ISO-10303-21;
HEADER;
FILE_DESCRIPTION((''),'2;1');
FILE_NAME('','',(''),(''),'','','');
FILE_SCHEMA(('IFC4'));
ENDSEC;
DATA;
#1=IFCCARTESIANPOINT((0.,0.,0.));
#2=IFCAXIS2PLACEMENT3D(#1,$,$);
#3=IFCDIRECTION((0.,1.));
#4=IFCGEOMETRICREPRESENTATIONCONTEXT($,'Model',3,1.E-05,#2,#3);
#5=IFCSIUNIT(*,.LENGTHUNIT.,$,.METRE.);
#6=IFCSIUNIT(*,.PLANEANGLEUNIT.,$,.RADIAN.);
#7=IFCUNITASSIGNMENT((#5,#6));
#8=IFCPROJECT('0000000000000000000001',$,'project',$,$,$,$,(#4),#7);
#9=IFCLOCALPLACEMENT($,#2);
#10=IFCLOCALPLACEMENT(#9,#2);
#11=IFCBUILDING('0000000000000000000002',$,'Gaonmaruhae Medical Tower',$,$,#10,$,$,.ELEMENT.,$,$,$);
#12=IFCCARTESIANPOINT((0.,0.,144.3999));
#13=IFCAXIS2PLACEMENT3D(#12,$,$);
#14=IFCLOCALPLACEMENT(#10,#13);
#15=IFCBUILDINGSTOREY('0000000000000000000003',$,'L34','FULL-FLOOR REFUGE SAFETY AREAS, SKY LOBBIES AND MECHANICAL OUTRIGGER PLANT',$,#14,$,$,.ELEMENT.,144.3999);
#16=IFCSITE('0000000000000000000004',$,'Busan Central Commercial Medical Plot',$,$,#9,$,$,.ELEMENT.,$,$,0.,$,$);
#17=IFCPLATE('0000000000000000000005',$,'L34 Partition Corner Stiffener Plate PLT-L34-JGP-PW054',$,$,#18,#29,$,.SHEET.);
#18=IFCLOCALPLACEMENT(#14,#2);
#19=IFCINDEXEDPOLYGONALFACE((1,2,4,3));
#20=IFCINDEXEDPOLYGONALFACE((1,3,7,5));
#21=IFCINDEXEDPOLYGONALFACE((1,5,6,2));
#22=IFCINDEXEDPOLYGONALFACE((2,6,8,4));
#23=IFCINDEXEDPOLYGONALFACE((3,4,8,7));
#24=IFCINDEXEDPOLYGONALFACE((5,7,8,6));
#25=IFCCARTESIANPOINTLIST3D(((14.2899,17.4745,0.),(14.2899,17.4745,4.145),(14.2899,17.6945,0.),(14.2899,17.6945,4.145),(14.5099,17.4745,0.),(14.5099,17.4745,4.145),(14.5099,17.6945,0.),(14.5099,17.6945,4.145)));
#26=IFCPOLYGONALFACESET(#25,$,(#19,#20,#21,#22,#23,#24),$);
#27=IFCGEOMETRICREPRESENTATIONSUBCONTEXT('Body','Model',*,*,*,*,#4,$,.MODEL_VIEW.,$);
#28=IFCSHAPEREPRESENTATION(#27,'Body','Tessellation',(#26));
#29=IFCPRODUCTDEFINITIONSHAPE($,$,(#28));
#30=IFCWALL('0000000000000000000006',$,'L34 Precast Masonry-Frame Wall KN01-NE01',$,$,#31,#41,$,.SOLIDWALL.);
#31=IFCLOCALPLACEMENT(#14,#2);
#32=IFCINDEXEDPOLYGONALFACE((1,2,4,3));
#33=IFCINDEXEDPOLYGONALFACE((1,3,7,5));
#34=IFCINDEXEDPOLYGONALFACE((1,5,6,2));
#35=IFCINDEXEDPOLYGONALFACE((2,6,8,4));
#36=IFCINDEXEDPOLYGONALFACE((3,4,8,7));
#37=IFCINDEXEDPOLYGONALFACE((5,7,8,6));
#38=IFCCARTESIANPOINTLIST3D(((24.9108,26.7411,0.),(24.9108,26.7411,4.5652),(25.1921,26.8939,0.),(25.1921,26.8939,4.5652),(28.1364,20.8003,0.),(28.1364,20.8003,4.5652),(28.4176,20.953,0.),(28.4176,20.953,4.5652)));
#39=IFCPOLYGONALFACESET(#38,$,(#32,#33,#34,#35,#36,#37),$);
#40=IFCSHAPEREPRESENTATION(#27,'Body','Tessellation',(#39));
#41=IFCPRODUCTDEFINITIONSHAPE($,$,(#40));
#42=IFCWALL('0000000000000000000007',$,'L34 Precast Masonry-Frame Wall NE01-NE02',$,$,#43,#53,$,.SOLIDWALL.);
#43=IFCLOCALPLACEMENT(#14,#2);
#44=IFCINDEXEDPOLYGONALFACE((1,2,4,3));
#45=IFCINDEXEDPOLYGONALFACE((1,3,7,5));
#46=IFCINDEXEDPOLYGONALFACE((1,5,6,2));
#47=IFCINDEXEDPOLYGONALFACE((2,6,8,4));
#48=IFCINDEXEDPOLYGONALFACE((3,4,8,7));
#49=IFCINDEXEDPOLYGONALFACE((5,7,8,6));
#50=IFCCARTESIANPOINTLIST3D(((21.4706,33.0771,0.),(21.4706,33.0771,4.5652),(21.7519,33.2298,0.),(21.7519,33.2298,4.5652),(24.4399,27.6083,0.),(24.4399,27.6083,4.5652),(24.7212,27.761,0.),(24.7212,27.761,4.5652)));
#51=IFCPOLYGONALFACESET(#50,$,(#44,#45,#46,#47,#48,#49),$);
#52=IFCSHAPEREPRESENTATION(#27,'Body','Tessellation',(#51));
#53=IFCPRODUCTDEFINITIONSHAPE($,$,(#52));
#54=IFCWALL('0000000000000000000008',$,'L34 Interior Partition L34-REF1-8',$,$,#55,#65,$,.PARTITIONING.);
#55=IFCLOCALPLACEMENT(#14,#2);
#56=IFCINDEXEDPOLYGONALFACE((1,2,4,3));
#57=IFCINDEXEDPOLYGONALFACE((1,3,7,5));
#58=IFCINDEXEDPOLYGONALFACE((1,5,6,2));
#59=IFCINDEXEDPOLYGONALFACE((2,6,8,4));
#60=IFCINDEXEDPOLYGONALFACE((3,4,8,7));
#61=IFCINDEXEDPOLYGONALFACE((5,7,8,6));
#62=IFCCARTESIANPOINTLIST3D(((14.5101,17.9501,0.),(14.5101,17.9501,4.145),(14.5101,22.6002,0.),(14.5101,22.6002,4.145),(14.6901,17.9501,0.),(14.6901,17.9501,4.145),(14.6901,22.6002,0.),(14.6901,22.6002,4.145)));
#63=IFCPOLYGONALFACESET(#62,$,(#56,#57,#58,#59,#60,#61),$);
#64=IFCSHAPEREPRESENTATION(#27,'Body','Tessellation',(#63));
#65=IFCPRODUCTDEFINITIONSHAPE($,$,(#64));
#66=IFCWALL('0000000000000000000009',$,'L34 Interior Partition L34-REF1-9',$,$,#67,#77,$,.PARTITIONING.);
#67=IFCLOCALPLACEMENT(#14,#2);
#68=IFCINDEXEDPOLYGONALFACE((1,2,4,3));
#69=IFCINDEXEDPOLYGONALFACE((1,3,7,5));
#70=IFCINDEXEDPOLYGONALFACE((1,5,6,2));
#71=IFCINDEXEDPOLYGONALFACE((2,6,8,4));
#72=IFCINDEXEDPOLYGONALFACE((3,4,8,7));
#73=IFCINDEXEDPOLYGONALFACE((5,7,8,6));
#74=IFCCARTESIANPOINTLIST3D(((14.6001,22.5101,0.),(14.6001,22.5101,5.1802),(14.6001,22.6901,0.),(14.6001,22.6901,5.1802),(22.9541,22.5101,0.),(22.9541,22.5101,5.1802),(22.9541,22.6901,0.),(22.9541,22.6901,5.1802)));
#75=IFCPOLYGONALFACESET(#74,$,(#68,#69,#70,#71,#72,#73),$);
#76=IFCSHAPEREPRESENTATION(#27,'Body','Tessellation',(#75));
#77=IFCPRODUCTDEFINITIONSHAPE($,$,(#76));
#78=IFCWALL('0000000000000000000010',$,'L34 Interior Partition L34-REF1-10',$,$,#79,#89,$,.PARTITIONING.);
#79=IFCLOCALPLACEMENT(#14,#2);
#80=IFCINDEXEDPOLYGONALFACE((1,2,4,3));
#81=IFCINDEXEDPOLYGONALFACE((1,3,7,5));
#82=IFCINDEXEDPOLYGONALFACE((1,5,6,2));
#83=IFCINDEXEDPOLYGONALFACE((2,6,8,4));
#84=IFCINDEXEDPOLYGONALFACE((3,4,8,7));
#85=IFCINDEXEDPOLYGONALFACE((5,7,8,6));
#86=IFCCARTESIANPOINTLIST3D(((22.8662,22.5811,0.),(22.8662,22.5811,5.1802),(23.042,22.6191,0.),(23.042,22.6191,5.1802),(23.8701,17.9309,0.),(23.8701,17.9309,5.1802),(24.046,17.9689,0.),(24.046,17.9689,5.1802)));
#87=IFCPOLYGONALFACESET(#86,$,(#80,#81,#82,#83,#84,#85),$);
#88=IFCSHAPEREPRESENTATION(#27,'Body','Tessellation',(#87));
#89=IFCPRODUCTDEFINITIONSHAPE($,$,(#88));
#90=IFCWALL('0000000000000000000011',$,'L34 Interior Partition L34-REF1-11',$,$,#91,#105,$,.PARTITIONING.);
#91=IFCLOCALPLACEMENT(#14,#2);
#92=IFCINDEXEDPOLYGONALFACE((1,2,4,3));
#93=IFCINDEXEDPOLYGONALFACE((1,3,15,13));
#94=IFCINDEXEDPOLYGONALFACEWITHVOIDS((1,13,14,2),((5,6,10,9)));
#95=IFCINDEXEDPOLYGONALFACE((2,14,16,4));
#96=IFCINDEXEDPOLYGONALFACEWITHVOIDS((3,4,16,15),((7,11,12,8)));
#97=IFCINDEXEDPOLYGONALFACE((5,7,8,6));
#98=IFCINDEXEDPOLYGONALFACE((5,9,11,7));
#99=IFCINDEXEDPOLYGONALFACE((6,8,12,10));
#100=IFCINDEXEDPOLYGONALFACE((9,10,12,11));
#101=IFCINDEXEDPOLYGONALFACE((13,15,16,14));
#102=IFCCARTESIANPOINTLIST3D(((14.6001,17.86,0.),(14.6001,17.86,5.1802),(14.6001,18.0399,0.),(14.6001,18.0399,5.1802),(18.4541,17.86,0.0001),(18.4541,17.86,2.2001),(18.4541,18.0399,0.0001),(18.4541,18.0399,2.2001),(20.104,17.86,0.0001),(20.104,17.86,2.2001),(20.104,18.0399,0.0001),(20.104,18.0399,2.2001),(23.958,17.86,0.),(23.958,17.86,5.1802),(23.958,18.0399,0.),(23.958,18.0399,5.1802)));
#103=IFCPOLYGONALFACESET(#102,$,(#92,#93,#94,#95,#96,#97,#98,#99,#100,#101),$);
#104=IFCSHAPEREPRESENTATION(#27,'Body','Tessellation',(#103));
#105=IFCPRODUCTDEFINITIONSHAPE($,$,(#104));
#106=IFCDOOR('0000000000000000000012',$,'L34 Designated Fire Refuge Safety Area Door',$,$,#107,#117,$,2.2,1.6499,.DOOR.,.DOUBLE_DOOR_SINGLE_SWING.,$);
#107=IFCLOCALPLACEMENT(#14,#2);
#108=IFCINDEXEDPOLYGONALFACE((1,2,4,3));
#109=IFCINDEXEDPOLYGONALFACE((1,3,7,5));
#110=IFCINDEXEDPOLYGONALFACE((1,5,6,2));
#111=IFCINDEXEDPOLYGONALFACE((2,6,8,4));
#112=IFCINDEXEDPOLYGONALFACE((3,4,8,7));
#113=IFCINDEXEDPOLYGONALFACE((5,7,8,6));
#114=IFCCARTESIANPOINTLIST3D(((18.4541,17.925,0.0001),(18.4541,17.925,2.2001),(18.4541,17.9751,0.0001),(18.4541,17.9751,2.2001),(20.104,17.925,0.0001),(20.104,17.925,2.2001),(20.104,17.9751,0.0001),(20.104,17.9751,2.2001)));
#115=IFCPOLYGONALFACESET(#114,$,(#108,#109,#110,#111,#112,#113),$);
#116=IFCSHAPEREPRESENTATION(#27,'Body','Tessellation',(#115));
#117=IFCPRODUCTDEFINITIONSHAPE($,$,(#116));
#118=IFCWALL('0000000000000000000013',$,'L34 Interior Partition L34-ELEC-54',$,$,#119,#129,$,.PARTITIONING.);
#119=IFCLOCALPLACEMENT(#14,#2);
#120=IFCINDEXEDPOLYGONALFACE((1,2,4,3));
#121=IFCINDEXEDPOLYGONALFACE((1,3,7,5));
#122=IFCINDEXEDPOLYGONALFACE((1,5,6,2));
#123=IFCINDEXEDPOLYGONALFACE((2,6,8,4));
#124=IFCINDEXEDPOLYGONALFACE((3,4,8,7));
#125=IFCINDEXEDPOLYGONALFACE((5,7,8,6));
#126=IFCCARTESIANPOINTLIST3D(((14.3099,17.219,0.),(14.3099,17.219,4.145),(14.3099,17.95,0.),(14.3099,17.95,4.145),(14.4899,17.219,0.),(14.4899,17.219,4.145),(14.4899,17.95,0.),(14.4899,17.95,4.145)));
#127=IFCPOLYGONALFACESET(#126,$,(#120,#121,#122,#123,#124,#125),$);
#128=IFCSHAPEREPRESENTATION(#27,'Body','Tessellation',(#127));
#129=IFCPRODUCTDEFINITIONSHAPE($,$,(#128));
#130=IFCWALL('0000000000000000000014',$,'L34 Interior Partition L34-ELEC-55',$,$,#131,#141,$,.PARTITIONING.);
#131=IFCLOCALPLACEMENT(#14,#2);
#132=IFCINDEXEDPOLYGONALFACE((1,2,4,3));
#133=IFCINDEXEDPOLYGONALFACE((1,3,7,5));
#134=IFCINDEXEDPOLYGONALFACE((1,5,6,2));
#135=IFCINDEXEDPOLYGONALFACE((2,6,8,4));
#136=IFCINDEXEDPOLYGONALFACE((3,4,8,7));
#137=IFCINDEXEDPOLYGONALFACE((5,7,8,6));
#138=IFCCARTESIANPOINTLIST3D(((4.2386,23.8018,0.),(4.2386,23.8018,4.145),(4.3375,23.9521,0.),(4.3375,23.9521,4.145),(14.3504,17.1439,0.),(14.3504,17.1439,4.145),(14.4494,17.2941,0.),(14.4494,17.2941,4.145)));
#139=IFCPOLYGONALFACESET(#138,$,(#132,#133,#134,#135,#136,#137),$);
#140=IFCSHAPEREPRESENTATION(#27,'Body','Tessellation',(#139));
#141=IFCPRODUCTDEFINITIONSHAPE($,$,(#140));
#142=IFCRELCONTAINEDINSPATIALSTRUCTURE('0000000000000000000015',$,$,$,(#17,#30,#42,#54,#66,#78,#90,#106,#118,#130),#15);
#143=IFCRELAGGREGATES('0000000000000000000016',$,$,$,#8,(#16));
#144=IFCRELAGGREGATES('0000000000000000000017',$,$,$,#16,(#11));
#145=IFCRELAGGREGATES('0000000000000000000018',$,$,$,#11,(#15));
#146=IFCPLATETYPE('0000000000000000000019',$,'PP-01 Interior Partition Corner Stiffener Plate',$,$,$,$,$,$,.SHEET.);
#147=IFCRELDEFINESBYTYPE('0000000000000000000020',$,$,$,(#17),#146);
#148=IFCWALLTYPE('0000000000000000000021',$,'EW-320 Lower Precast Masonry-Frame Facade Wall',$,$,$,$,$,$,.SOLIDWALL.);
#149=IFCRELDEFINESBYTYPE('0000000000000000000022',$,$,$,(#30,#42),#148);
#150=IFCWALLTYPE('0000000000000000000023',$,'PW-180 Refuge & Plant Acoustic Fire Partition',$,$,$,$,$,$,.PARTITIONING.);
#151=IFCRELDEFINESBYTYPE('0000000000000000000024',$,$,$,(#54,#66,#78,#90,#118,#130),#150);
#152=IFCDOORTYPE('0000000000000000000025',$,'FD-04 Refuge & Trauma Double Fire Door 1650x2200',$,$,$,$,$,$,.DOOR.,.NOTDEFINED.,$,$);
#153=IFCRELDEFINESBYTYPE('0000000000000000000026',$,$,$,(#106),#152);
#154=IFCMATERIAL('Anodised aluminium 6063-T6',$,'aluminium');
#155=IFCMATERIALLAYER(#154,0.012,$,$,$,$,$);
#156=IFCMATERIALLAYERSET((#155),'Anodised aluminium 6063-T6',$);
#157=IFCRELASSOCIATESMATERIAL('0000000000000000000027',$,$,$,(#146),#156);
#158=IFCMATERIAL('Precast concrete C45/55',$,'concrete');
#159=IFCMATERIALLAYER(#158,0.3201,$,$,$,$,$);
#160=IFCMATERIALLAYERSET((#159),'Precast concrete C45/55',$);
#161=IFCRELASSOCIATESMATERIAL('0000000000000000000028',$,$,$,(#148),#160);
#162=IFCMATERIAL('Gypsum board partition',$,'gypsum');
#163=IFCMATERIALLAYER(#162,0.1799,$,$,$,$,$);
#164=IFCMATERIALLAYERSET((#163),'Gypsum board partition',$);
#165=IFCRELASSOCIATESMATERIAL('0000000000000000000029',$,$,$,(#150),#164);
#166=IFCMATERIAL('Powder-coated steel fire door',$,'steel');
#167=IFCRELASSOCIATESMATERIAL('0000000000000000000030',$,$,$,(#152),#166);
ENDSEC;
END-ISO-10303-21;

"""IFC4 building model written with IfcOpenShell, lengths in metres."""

from ifc_helpers import new_model, si_unit, direction, frame, frame_2d, origin, origin_2d, place, context, subcontext, project, spatial, rectangle, extrude, material, layer, layer_set, type_object, element, fill, save


model = new_model("IFC4")

# Units and contexts
model_context = context("Model", 3, precision=1e-05, world=origin(), true_north=direction((0.0, 1.0)))
body_context = subcontext(model_context, "Body", "Model", "MODEL_VIEW")
ifc_project = project(units=[si_unit("LENGTHUNIT", "METRE"), si_unit("PLANEANGLEUNIT", "RADIAN")], contexts=[model_context])

# Site, building, storey
site_placement = place(None, origin())
site = spatial("IfcSite", under=ifc_project, at=site_placement, Name="Busan Central Commercial Medical Plot", CompositionType="ELEMENT", RefElevation=0.0)
building_placement = place(site_placement, origin())
building = spatial("IfcBuilding", under=site, at=building_placement, Name="Gaonmaruhae Medical Tower", CompositionType="ELEMENT")
storey_placement = place(building_placement, frame((0.0, 0.0, 144.3999)))
storey = spatial("IfcBuildingStorey", under=building, at=storey_placement, Name="L34", Description="FULL-FLOOR REFUGE SAFETY AREAS, SKY LOBBIES AND MECHANICAL OUTRIGGER PLANT", CompositionType="ELEMENT", Elevation=144.3999)

# Plate
ifc_material_1 = material(Name="Anodised aluminium 6063-T6", Category="aluminium")
ifc_layer_1 = layer(ifc_material_1, 0.012)
ifc_layer_set_1 = layer_set([ifc_layer_1], Name="Anodised aluminium 6063-T6")
plate_type_1 = type_object("IfcPlateType", Name="PP-01 Interior Partition Corner Stiffener Plate", PredefinedType="SHEET", material=ifc_layer_set_1)
plate_placement = place(storey_placement, frame((14.3999, 17.5845, 0.0), z_axis=(0.0, 0.0, 1.0), x_axis=(0.0, -1.0, 0.0)))
element("IfcPlate", 1, at=plate_placement, inside=storey, type_object=plate_type_1, Name="L34 Partition Corner Stiffener Plate PLT-L34-JGP-PW054", PredefinedType="SHEET", context=body_context, shape_type="SweptSolid", body=[
    extrude(rectangle(XDim=0.22, YDim=0.22, at=origin_2d()), origin(), (0.0, 0.0, 1.0), 4.145),
])

# Walls
ifc_material_2 = material(Name="Precast concrete C45/55", Category="concrete")
ifc_layer_2 = layer(ifc_material_2, 0.3201)
ifc_layer_set_2 = layer_set([ifc_layer_2], Name="Precast concrete C45/55")
wall_type_1 = type_object("IfcWallType", Name="EW-320 Lower Precast Masonry-Frame Facade Wall", PredefinedType="SOLIDWALL", material=ifc_layer_set_2)
wall_1_placement = place(storey_placement, frame((25.0515, 26.8174, 0.0), z_axis=(0.0, 0.0, 1.0), x_axis=(0.477151, -0.878821, 0.0)))
element("IfcWall", 2, at=wall_1_placement, inside=storey, type_object=wall_type_1, Name="L34 Precast Masonry-Frame Wall KN01-NE01", PredefinedType="SOLIDWALL", context=body_context, shape_type="SweptSolid", body=[
    extrude(rectangle(XDim=6.76, YDim=0.3201, at=frame_2d((3.3799, 0.0))), origin(), (0.0, 0.0, 1.0), 4.5652),
])
wall_2_placement = place(storey_placement, frame((21.6113, 33.1533, 0.0), z_axis=(0.0, 0.0, 1.0), x_axis=(0.477152, -0.878821, 0.0)))
element("IfcWall", 3, at=wall_2_placement, inside=storey, type_object=wall_type_1, Name="L34 Precast Masonry-Frame Wall NE01-NE02", PredefinedType="SOLIDWALL", context=body_context, shape_type="SweptSolid", body=[
    extrude(rectangle(XDim=6.2229, YDim=0.3201, at=frame_2d((3.1113, 0.0))), origin(), (0.0, 0.0, 1.0), 4.5652),
])
ifc_material_3 = material(Name="Gypsum board partition", Category="gypsum")
ifc_layer_3 = layer(ifc_material_3, 0.1799)
ifc_layer_set_3 = layer_set([ifc_layer_3], Name="Gypsum board partition")
wall_type_2 = type_object("IfcWallType", Name="PW-180 Refuge & Plant Acoustic Fire Partition", PredefinedType="PARTITIONING", material=ifc_layer_set_3)
wall_3_placement = place(storey_placement, frame((14.6001, 17.95, 0.0), z_axis=(0.0, 0.0, 1.0), x_axis=(0.0, 1.0, 0.0)))
element("IfcWall", 4, at=wall_3_placement, inside=storey, type_object=wall_type_2, Name="L34 Interior Partition L34-REF1-8", PredefinedType="PARTITIONING", context=body_context, shape_type="SweptSolid", body=[
    extrude(rectangle(XDim=4.6501, YDim=0.1799, at=frame_2d((2.3252, 0.0))), origin(), (0.0, 0.0, 1.0), 4.145),
])
wall_4_placement = place(storey_placement, frame((14.6001, 22.6001, 0.0), z_axis=(0.0, 0.0, 1.0), x_axis=(1.0, 0.0, 0.0)))
element("IfcWall", 5, at=wall_4_placement, inside=storey, type_object=wall_type_2, Name="L34 Interior Partition L34-REF1-9", PredefinedType="PARTITIONING", context=body_context, shape_type="SweptSolid", body=[
    extrude(rectangle(XDim=8.354, YDim=0.1799, at=frame_2d((4.177, 0.0))), origin(), (0.0, 0.0, 1.0), 5.1802),
])
wall_5_placement = place(storey_placement, frame((22.9541, 22.6001, 0.0), z_axis=(0.0, 0.0, 1.0), x_axis=(0.211025, -0.977481, 0.0)))
element("IfcWall", 6, at=wall_5_placement, inside=storey, type_object=wall_type_2, Name="L34 Interior Partition L34-REF1-10", PredefinedType="PARTITIONING", context=body_context, shape_type="SweptSolid", body=[
    extrude(rectangle(XDim=4.7573, YDim=0.1799, at=frame_2d((2.3787, 0.0))), origin(), (0.0, 0.0, 1.0), 5.1802),
])

# Wall, opening, door
wall_6_placement = place(storey_placement, frame((23.958, 17.95, 0.0), z_axis=(0.0, 0.0, 1.0), x_axis=(-1.0, 0.0, 0.0)))
wall_6 = element("IfcWall", 7, at=wall_6_placement, inside=storey, type_object=wall_type_2, Name="L34 Interior Partition L34-REF1-11", PredefinedType="PARTITIONING", context=body_context, shape_type="SweptSolid", body=[
    extrude(rectangle(XDim=9.3579, YDim=0.1799, at=frame_2d((4.679, 0.0))), origin(), (0.0, 0.0, 1.0), 5.1802),
])
opening_placement = place(wall_6_placement, frame((3.854, 0.0, 0.0)))
opening = element("IfcOpeningElement", 8, at=opening_placement, cuts=wall_6, PredefinedType="OPENING", context=body_context, shape_type="SweptSolid", body=[
    extrude(rectangle(XDim=1.6499, YDim=2.2, at=frame_2d((0.825, 1.1001))), frame((0.0, 0.1001, 0.0), z_axis=(0.0, -1.0, 0.0), x_axis=(1.0, 0.0, 0.0)), (0.0, 0.0, 1.0), 0.2),
])
ifc_material_4 = material(Name="Powder-coated steel fire door", Category="steel")
door_type = type_object("IfcDoorType", Name="FD-04 Refuge & Trauma Double Fire Door 1650x2200", OperationType="NOTDEFINED", PredefinedType="DOOR", material=ifc_material_4)
door_placement = place(opening_placement, origin())
door = element("IfcDoor", 9, at=door_placement, inside=storey, type_object=door_type, Name="L34 Designated Fire Refuge Safety Area Door", OperationType="DOUBLE_DOOR_SINGLE_SWING", OverallHeight=2.2, OverallWidth=1.6499, PredefinedType="DOOR", context=body_context, shape_type="SweptSolid", body=[
    extrude(rectangle(XDim=1.6499, YDim=2.2, at=frame_2d((0.825, 1.1001))), frame((0.0, 0.0249, 0.0), z_axis=(0.0, -1.0, 0.0), x_axis=(1.0, 0.0, 0.0)), (0.0, 0.0, 1.0), 0.05),
])
fill(opening, door)

# Walls
wall_7_placement = place(storey_placement, frame((14.3999, 17.95, 0.0), z_axis=(0.0, 0.0, 1.0), x_axis=(0.0, -1.0, 0.0)))
element("IfcWall", 10, at=wall_7_placement, inside=storey, type_object=wall_type_2, Name="L34 Interior Partition L34-ELEC-54", PredefinedType="PARTITIONING", context=body_context, shape_type="SweptSolid", body=[
    extrude(rectangle(XDim=0.731, YDim=0.1799, at=frame_2d((0.3655, 0.0))), origin(), (0.0, 0.0, 1.0), 4.145),
])
wall_8_placement = place(storey_placement, frame((14.3999, 17.219, 0.0), z_axis=(0.0, 0.0, 1.0), x_axis=(-0.83521, 0.549931, 0.0)))
element("IfcWall", 11, at=wall_8_placement, inside=storey, type_object=wall_type_2, Name="L34 Interior Partition L34-ELEC-55", PredefinedType="PARTITIONING", context=body_context, shape_type="SweptSolid", body=[
    extrude(rectangle(XDim=12.1069, YDim=0.1799, at=frame_2d((6.0535, 0.0))), origin(), (0.0, 0.0, 1.0), 4.145),
])

save(model, "model.ifc")
